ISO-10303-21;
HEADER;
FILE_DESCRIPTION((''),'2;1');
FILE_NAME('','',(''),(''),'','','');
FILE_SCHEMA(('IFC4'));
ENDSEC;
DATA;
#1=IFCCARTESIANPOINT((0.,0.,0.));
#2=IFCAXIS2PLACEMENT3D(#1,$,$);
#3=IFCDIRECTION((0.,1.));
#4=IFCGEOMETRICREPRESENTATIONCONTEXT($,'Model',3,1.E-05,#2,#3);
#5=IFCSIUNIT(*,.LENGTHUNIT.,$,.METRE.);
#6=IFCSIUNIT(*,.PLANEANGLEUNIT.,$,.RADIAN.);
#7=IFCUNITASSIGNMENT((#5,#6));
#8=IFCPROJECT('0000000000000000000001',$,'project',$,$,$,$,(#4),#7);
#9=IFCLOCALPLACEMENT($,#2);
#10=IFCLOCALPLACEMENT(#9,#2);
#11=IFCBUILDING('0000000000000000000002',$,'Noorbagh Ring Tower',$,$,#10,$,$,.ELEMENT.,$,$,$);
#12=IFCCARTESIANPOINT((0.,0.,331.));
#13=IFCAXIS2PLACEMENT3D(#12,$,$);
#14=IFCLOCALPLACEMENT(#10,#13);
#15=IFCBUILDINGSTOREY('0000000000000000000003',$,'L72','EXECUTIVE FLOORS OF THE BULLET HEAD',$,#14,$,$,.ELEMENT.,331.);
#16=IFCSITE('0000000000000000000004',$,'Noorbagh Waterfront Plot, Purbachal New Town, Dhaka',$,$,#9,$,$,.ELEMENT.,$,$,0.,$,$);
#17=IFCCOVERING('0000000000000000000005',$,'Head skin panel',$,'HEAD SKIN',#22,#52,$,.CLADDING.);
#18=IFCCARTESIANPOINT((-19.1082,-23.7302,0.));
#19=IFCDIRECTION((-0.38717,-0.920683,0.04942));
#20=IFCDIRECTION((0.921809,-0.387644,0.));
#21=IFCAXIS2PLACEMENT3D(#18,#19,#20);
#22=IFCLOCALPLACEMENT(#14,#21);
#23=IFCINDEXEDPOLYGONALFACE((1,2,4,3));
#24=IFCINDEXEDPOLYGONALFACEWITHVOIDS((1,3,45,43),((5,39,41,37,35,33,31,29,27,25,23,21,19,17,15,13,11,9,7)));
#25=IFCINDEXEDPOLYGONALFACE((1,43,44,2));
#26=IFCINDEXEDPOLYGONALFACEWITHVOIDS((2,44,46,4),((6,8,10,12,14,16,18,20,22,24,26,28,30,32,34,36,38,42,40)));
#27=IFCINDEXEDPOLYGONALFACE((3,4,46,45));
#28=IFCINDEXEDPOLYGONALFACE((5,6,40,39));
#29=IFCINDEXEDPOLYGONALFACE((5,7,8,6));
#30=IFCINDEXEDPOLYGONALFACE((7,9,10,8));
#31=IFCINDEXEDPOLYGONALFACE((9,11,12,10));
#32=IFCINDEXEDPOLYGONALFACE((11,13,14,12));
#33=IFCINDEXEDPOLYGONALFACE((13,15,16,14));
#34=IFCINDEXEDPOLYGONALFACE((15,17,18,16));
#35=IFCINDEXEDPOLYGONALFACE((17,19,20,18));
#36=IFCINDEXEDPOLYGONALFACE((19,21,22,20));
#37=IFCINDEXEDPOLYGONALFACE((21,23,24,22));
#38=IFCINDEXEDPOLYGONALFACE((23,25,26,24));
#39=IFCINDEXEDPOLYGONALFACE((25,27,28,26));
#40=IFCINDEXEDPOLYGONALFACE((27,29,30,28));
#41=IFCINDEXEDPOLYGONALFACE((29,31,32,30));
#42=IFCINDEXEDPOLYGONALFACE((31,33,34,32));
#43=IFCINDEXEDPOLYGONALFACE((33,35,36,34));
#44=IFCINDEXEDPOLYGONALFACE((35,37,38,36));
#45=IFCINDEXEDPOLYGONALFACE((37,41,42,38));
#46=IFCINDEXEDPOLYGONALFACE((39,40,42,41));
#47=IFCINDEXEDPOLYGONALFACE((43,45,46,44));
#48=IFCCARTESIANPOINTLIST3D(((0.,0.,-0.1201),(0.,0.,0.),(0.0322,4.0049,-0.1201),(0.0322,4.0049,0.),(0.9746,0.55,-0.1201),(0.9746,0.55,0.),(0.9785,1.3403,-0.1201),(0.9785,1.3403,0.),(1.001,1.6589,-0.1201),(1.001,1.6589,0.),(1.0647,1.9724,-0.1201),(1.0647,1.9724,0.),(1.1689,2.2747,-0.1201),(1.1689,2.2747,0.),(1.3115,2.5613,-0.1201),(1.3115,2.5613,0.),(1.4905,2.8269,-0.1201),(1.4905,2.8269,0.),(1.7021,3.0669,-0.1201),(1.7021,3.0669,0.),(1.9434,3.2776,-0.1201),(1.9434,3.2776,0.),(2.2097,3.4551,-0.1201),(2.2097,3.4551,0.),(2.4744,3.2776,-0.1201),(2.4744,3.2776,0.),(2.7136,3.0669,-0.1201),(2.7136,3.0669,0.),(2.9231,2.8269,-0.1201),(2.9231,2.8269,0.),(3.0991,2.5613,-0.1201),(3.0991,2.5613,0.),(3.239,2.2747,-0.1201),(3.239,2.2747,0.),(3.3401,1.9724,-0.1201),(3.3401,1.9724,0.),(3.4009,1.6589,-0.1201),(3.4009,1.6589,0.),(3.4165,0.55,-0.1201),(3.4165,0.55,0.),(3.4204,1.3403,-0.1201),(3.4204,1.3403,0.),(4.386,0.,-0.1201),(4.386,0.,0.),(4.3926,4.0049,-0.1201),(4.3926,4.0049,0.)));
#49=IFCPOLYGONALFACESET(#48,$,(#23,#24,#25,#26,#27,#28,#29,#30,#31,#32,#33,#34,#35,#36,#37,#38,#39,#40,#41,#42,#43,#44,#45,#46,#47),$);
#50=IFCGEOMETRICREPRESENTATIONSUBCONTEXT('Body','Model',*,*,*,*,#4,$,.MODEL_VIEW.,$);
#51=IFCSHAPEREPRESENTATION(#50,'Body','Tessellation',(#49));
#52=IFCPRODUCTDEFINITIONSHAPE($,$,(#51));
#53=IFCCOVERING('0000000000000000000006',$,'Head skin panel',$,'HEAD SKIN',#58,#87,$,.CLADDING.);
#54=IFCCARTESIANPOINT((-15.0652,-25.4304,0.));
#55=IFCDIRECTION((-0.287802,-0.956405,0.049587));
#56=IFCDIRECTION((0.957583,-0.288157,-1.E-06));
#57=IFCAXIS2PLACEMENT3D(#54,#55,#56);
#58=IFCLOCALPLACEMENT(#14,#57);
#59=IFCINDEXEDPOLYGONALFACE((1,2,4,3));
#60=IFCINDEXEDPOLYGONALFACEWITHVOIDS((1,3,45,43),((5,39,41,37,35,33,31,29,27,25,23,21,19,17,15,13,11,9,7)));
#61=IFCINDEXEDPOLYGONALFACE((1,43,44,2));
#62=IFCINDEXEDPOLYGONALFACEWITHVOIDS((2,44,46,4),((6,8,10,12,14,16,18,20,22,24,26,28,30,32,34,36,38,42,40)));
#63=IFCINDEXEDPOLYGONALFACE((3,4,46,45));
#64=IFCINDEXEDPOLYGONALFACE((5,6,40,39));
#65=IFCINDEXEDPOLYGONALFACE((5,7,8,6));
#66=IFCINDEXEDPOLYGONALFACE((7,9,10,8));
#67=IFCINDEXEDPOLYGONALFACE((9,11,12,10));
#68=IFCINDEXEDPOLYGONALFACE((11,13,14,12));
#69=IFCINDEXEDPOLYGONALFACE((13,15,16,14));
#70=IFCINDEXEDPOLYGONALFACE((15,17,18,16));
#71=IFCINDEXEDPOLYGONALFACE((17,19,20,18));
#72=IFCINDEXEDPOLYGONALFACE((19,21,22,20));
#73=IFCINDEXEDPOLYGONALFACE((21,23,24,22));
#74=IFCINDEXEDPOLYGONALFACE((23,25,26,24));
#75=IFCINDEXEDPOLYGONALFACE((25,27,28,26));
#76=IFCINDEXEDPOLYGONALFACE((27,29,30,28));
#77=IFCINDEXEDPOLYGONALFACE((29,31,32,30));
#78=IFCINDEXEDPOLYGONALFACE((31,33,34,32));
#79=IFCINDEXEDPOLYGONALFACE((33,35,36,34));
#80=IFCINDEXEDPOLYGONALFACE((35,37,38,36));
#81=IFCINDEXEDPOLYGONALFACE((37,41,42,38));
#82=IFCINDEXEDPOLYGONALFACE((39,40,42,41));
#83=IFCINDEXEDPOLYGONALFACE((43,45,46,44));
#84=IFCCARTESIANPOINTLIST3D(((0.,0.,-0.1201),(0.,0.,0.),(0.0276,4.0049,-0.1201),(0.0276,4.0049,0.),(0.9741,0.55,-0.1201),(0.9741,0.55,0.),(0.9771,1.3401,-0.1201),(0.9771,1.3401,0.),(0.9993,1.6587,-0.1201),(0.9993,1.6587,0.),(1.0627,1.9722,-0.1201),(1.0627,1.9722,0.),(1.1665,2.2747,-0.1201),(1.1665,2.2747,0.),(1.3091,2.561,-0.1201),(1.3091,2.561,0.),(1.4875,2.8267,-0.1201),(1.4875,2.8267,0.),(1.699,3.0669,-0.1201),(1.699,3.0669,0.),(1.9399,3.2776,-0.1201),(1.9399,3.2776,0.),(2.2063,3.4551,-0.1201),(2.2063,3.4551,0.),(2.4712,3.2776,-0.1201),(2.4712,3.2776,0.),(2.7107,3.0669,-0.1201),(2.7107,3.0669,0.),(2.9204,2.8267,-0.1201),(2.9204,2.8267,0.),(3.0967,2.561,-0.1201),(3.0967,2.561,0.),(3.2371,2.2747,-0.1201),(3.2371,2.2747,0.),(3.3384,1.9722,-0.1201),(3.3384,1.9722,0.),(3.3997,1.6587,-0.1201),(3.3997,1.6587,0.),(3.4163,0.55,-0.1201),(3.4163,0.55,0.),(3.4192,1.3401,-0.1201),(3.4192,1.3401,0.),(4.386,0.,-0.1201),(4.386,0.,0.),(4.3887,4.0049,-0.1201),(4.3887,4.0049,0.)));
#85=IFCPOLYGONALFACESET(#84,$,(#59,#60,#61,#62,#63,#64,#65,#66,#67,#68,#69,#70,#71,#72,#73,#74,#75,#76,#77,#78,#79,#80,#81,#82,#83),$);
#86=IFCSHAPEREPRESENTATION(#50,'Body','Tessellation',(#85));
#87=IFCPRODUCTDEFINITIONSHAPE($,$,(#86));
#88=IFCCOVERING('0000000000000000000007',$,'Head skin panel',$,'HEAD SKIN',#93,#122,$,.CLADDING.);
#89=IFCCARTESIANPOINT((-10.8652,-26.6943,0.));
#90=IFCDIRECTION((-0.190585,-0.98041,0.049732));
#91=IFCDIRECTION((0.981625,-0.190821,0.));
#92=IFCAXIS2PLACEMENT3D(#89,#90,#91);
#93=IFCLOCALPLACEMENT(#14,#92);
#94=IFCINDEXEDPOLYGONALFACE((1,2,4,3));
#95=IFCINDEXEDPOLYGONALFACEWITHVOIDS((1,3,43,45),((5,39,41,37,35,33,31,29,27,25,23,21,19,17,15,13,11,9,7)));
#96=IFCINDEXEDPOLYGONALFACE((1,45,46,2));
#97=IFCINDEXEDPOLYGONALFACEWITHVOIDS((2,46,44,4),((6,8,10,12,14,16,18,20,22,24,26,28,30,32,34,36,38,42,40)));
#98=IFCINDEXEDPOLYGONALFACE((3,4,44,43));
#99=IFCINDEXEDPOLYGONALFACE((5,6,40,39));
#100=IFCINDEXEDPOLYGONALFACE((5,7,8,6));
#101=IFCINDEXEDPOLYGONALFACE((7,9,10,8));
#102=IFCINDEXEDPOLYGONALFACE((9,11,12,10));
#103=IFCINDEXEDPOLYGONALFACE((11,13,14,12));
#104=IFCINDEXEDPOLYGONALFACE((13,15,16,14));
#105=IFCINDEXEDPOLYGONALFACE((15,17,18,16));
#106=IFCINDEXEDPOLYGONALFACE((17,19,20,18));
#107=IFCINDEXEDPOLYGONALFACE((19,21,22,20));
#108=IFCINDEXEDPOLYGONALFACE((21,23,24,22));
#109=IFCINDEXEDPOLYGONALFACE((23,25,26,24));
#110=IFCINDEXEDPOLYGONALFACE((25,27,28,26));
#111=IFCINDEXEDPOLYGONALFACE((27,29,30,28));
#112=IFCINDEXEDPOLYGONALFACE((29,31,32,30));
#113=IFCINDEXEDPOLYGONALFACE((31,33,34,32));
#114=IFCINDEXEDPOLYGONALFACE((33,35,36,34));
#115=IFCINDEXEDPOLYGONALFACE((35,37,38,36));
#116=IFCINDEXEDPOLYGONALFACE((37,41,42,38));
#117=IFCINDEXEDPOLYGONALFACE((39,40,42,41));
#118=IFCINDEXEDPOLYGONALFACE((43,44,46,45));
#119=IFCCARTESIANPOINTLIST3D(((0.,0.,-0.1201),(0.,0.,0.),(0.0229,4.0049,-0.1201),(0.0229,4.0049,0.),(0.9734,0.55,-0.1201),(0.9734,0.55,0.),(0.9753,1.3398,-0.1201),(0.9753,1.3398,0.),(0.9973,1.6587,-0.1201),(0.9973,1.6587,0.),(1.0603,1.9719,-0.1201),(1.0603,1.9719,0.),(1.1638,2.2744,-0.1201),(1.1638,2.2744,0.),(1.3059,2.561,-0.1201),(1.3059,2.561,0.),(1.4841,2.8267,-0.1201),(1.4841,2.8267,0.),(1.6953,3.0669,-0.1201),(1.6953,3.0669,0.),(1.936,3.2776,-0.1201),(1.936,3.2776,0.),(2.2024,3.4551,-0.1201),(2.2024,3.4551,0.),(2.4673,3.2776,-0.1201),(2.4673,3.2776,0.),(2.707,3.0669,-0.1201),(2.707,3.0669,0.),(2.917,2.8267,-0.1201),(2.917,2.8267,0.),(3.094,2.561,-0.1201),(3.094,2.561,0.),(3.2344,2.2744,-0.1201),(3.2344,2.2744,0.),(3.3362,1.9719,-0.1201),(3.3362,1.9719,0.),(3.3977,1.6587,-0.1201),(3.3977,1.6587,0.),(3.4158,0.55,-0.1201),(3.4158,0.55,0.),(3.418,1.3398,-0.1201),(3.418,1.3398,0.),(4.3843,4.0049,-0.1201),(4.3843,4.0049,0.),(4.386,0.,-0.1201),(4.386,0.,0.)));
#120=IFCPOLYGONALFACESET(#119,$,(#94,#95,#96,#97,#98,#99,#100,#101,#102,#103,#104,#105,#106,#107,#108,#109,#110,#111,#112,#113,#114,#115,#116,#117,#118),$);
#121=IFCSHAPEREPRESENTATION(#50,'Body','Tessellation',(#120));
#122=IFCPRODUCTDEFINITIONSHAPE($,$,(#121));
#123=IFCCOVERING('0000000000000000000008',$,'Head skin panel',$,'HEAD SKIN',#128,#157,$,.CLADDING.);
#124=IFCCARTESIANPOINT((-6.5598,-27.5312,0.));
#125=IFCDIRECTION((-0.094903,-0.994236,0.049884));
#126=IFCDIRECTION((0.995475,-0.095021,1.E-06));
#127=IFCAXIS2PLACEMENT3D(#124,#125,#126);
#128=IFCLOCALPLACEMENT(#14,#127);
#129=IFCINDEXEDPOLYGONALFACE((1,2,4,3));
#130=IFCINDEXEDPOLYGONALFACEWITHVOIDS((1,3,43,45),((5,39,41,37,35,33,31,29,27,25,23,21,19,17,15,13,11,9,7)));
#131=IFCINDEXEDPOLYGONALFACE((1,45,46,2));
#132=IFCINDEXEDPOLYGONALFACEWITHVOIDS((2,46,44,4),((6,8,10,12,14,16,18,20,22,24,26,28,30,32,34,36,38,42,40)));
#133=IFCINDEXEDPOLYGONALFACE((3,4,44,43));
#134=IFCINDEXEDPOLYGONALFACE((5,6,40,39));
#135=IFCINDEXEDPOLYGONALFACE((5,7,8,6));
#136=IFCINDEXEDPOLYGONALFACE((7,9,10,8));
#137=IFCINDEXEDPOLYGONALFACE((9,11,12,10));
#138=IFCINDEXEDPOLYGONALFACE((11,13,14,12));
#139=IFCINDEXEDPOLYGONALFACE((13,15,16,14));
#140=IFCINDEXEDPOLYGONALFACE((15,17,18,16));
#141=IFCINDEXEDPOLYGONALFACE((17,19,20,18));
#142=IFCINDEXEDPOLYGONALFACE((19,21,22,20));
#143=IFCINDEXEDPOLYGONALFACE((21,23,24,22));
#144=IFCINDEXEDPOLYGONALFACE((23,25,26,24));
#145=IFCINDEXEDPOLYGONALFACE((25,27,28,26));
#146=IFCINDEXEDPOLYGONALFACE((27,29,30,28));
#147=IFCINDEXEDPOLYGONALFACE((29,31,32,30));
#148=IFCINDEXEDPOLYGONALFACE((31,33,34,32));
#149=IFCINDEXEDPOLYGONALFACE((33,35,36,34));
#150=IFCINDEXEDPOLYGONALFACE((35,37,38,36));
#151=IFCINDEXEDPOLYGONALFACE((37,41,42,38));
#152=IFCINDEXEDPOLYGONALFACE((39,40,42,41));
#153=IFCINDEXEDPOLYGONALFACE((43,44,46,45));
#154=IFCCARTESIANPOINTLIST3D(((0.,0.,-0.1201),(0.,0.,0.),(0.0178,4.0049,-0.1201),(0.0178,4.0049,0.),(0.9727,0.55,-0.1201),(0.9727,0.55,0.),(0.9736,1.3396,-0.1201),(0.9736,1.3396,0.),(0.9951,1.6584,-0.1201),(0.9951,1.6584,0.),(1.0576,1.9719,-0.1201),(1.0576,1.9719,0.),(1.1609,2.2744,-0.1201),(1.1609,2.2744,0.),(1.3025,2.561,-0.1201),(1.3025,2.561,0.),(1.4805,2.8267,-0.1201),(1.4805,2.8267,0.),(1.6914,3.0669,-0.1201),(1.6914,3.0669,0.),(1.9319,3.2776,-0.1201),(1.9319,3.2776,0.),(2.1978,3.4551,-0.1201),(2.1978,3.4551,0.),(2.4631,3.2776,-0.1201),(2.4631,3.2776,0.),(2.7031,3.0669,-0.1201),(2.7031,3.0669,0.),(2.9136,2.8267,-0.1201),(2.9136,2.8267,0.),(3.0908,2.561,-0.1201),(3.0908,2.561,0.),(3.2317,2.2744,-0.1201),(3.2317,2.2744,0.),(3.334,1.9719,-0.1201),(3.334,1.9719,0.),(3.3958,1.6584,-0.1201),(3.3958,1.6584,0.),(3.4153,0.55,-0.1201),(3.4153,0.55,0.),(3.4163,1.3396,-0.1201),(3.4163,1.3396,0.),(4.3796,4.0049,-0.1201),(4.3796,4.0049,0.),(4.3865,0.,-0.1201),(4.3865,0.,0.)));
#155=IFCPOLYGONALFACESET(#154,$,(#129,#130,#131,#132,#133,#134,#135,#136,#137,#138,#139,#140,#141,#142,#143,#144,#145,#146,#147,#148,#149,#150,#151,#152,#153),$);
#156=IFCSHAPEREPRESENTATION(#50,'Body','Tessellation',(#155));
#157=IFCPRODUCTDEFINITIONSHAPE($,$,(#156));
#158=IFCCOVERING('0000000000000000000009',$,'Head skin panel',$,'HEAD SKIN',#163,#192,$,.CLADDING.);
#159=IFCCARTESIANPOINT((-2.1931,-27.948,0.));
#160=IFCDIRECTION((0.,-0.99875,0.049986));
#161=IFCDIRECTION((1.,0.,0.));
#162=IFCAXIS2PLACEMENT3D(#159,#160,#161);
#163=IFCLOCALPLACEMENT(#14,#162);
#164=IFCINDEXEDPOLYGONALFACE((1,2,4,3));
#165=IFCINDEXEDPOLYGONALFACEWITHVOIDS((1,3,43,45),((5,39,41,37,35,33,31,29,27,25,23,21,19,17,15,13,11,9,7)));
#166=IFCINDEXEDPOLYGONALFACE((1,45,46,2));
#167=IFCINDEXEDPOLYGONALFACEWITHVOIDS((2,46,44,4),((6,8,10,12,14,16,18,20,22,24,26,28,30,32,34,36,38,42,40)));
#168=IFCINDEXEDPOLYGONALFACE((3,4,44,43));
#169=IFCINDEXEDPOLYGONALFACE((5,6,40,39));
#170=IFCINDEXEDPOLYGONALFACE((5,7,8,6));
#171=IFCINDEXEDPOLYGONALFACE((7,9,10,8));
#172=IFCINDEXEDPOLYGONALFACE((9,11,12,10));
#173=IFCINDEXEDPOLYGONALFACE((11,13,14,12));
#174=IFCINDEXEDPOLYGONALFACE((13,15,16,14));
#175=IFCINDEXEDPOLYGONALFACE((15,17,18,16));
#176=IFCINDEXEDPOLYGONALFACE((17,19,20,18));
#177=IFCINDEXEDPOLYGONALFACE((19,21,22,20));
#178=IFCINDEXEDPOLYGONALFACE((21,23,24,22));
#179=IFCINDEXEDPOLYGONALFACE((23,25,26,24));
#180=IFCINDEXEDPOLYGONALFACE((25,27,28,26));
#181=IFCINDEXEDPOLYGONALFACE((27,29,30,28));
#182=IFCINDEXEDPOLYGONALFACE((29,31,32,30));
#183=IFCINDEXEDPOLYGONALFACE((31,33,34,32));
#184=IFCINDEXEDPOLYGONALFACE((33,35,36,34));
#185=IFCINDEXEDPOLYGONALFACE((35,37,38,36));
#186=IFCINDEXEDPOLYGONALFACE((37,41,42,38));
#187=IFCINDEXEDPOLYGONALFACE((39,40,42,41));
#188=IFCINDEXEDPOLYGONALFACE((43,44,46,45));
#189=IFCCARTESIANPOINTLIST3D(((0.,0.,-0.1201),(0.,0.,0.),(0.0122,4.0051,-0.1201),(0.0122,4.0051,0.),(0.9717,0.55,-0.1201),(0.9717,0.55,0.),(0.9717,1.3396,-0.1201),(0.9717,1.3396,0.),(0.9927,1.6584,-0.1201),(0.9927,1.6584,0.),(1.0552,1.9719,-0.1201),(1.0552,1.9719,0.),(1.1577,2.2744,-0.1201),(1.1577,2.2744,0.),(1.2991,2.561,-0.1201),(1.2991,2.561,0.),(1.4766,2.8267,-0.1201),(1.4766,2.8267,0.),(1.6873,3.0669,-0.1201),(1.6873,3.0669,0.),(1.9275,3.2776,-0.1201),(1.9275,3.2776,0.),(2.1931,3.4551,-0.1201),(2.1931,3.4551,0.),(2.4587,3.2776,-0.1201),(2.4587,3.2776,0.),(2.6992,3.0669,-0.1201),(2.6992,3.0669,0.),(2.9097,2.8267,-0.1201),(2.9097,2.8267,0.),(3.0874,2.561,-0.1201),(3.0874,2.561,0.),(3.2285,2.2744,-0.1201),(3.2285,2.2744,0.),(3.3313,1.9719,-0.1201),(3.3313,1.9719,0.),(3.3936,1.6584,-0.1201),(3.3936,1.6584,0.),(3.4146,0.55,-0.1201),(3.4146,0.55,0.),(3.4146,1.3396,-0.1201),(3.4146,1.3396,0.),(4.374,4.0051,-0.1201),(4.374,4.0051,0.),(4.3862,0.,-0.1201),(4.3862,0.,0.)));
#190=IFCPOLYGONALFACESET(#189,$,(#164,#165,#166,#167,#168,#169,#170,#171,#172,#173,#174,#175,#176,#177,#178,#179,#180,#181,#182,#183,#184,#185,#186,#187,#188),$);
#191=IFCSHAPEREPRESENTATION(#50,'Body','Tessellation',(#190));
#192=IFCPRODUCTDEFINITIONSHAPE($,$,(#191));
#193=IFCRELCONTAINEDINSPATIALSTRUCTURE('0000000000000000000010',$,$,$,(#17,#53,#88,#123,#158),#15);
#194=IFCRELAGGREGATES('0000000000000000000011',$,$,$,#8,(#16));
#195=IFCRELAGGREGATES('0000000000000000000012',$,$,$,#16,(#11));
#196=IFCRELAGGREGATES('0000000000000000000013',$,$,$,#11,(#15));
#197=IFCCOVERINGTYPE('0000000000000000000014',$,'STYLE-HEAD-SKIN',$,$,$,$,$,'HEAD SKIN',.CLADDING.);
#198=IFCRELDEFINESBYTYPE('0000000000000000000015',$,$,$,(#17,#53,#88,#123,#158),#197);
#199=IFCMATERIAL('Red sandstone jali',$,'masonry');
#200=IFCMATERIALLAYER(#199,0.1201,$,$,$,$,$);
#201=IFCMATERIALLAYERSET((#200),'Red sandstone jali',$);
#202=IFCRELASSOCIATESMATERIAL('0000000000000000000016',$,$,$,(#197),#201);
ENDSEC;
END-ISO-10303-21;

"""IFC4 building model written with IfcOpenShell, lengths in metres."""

from ifc_helpers import new_model, si_unit, direction, frame, origin, place, context, subcontext, project, spatial, polyline, outline, extrude, material, layer, layer_set, type_object, element, save


model = new_model("IFC4")

# Units and contexts
model_context = context("Model", 3, precision=1e-05, world=origin(), true_north=direction((0.0, 1.0)))
body_context = subcontext(model_context, "Body", "Model", "MODEL_VIEW")
ifc_project = project(units=[si_unit("LENGTHUNIT", "METRE"), si_unit("PLANEANGLEUNIT", "RADIAN")], contexts=[model_context])

# Site, building, storey
site_placement = place(None, origin())
site = spatial("IfcSite", under=ifc_project, at=site_placement, Name="Noorbagh Waterfront Plot, Purbachal New Town, Dhaka", CompositionType="ELEMENT", RefElevation=0.0)
building_placement = place(site_placement, origin())
building = spatial("IfcBuilding", under=site, at=building_placement, Name="Noorbagh Ring Tower", CompositionType="ELEMENT")
storey_placement = place(building_placement, frame((0.0, 0.0, 331.0)))
storey = spatial("IfcBuildingStorey", under=building, at=storey_placement, Name="L72", Description="EXECUTIVE FLOORS OF THE BULLET HEAD", CompositionType="ELEMENT", Elevation=331.0)

# Coverings
ifc_material_1 = material(Name="Red sandstone jali", Category="masonry")
ifc_layer_1 = layer(ifc_material_1, 0.1201)
ifc_layer_set_1 = layer_set([ifc_layer_1], Name="Red sandstone jali")
covering_type_1 = type_object("IfcCoveringType", Name="STYLE-HEAD-SKIN", ElementType="HEAD SKIN", PredefinedType="CLADDING", material=ifc_layer_set_1)
covering_1_placement = place(storey_placement, frame((-19.1082, -23.7302, 0.0), z_axis=(-0.38717, -0.920683, 0.04942), x_axis=(0.921809, -0.387644, 0.0)))
element("IfcCovering", 1, at=covering_1_placement, inside=storey, type_object=covering_type_1, Name="Head skin panel", ObjectType="HEAD SKIN", PredefinedType="CLADDING", context=body_context, shape_type="SweptSolid", body=[
    extrude(outline(polyline([(0.0, 0.0), (4.386, 0.0), (4.3926, 4.0049), (0.0322, 4.0049), (0.0, 0.0)]), holes=[polyline([(0.9746, 0.55), (0.9785, 1.3403), (1.001, 1.6589), (1.0647, 1.9724), (1.1689, 2.2747), (1.3115, 2.5613), (1.4905, 2.8269), (1.7021, 3.0669), (1.9434, 3.2776), (2.2097, 3.4551), (2.4744, 3.2776), (2.7136, 3.0669), (2.9231, 2.8269), (3.0991, 2.5613), (3.239, 2.2747), (3.3401, 1.9724), (3.4009, 1.6589), (3.4204, 1.3403), (3.4165, 0.55), (0.9746, 0.55)])]), origin(), (0.0, 0.0, -1.0), 0.1201),
])
covering_2_placement = place(storey_placement, frame((-15.0652, -25.4304, 0.0), z_axis=(-0.287802, -0.956405, 0.049587), x_axis=(0.957583, -0.288157, -0.000001)))
element("IfcCovering", 2, at=covering_2_placement, inside=storey, type_object=covering_type_1, Name="Head skin panel", ObjectType="HEAD SKIN", PredefinedType="CLADDING", context=body_context, shape_type="SweptSolid", body=[
    extrude(outline(polyline([(0.0, 0.0), (4.386, 0.0), (4.3887, 4.0049), (0.0276, 4.0049), (0.0, 0.0)]), holes=[polyline([(0.9741, 0.55), (0.9771, 1.3401), (0.9993, 1.6587), (1.0627, 1.9722), (1.1665, 2.2747), (1.3091, 2.561), (1.4875, 2.8267), (1.699, 3.0669), (1.9399, 3.2776), (2.2063, 3.4551), (2.4712, 3.2776), (2.7107, 3.0669), (2.9204, 2.8267), (3.0967, 2.561), (3.2371, 2.2747), (3.3384, 1.9722), (3.3997, 1.6587), (3.4192, 1.3401), (3.4163, 0.55), (0.9741, 0.55)])]), origin(), (0.0, 0.0, -1.0), 0.1201),
])
covering_3_placement = place(storey_placement, frame((-10.8652, -26.6943, 0.0), z_axis=(-0.190585, -0.98041, 0.049732), x_axis=(0.981625, -0.190821, 0.0)))
element("IfcCovering", 3, at=covering_3_placement, inside=storey, type_object=covering_type_1, Name="Head skin panel", ObjectType="HEAD SKIN", PredefinedType="CLADDING", context=body_context, shape_type="SweptSolid", body=[
    extrude(outline(polyline([(0.0, 0.0), (4.386, 0.0), (4.3843, 4.0049), (0.0229, 4.0049), (0.0, 0.0)]), holes=[polyline([(0.9734, 0.55), (0.9753, 1.3398), (0.9973, 1.6587), (1.0603, 1.9719), (1.1638, 2.2744), (1.3059, 2.561), (1.4841, 2.8267), (1.6953, 3.0669), (1.936, 3.2776), (2.2024, 3.4551), (2.4673, 3.2776), (2.707, 3.0669), (2.917, 2.8267), (3.094, 2.561), (3.2344, 2.2744), (3.3362, 1.9719), (3.3977, 1.6587), (3.418, 1.3398), (3.4158, 0.55), (0.9734, 0.55)])]), origin(), (0.0, 0.0, -1.0), 0.1201),
])
covering_4_placement = place(storey_placement, frame((-6.5598, -27.5312, 0.0), z_axis=(-0.094903, -0.994236, 0.049884), x_axis=(0.995475, -0.095021, 0.000001)))
element("IfcCovering", 4, at=covering_4_placement, inside=storey, type_object=covering_type_1, Name="Head skin panel", ObjectType="HEAD SKIN", PredefinedType="CLADDING", context=body_context, shape_type="SweptSolid", body=[
    extrude(outline(polyline([(0.0, 0.0), (4.3865, 0.0), (4.3796, 4.0049), (0.0178, 4.0049), (0.0, 0.0)]), holes=[polyline([(0.9727, 0.55), (0.9736, 1.3396), (0.9951, 1.6584), (1.0576, 1.9719), (1.1609, 2.2744), (1.3025, 2.561), (1.4805, 2.8267), (1.6914, 3.0669), (1.9319, 3.2776), (2.1978, 3.4551), (2.4631, 3.2776), (2.7031, 3.0669), (2.9136, 2.8267), (3.0908, 2.561), (3.2317, 2.2744), (3.334, 1.9719), (3.3958, 1.6584), (3.4163, 1.3396), (3.4153, 0.55), (0.9727, 0.55)])]), origin(), (0.0, 0.0, -1.0), 0.1201),
])
covering_5_placement = place(storey_placement, frame((-2.1931, -27.948, 0.0), z_axis=(0.0, -0.99875, 0.049986), x_axis=(1.0, 0.0, 0.0)))
element("IfcCovering", 5, at=covering_5_placement, inside=storey, type_object=covering_type_1, Name="Head skin panel", ObjectType="HEAD SKIN", PredefinedType="CLADDING", context=body_context, shape_type="SweptSolid", body=[
    extrude(outline(polyline([(0.0, 0.0), (4.3862, 0.0), (4.374, 4.0051), (0.0122, 4.0051), (0.0, 0.0)]), holes=[polyline([(0.9717, 0.55), (0.9717, 1.3396), (0.9927, 1.6584), (1.0552, 1.9719), (1.1577, 2.2744), (1.2991, 2.561), (1.4766, 2.8267), (1.6873, 3.0669), (1.9275, 3.2776), (2.1931, 3.4551), (2.4587, 3.2776), (2.6992, 3.0669), (2.9097, 2.8267), (3.0874, 2.561), (3.2285, 2.2744), (3.3313, 1.9719), (3.3936, 1.6584), (3.4146, 1.3396), (3.4146, 0.55), (0.9717, 0.55)])]), origin(), (0.0, 0.0, -1.0), 0.1201),
])

save(model, "model.ifc")
